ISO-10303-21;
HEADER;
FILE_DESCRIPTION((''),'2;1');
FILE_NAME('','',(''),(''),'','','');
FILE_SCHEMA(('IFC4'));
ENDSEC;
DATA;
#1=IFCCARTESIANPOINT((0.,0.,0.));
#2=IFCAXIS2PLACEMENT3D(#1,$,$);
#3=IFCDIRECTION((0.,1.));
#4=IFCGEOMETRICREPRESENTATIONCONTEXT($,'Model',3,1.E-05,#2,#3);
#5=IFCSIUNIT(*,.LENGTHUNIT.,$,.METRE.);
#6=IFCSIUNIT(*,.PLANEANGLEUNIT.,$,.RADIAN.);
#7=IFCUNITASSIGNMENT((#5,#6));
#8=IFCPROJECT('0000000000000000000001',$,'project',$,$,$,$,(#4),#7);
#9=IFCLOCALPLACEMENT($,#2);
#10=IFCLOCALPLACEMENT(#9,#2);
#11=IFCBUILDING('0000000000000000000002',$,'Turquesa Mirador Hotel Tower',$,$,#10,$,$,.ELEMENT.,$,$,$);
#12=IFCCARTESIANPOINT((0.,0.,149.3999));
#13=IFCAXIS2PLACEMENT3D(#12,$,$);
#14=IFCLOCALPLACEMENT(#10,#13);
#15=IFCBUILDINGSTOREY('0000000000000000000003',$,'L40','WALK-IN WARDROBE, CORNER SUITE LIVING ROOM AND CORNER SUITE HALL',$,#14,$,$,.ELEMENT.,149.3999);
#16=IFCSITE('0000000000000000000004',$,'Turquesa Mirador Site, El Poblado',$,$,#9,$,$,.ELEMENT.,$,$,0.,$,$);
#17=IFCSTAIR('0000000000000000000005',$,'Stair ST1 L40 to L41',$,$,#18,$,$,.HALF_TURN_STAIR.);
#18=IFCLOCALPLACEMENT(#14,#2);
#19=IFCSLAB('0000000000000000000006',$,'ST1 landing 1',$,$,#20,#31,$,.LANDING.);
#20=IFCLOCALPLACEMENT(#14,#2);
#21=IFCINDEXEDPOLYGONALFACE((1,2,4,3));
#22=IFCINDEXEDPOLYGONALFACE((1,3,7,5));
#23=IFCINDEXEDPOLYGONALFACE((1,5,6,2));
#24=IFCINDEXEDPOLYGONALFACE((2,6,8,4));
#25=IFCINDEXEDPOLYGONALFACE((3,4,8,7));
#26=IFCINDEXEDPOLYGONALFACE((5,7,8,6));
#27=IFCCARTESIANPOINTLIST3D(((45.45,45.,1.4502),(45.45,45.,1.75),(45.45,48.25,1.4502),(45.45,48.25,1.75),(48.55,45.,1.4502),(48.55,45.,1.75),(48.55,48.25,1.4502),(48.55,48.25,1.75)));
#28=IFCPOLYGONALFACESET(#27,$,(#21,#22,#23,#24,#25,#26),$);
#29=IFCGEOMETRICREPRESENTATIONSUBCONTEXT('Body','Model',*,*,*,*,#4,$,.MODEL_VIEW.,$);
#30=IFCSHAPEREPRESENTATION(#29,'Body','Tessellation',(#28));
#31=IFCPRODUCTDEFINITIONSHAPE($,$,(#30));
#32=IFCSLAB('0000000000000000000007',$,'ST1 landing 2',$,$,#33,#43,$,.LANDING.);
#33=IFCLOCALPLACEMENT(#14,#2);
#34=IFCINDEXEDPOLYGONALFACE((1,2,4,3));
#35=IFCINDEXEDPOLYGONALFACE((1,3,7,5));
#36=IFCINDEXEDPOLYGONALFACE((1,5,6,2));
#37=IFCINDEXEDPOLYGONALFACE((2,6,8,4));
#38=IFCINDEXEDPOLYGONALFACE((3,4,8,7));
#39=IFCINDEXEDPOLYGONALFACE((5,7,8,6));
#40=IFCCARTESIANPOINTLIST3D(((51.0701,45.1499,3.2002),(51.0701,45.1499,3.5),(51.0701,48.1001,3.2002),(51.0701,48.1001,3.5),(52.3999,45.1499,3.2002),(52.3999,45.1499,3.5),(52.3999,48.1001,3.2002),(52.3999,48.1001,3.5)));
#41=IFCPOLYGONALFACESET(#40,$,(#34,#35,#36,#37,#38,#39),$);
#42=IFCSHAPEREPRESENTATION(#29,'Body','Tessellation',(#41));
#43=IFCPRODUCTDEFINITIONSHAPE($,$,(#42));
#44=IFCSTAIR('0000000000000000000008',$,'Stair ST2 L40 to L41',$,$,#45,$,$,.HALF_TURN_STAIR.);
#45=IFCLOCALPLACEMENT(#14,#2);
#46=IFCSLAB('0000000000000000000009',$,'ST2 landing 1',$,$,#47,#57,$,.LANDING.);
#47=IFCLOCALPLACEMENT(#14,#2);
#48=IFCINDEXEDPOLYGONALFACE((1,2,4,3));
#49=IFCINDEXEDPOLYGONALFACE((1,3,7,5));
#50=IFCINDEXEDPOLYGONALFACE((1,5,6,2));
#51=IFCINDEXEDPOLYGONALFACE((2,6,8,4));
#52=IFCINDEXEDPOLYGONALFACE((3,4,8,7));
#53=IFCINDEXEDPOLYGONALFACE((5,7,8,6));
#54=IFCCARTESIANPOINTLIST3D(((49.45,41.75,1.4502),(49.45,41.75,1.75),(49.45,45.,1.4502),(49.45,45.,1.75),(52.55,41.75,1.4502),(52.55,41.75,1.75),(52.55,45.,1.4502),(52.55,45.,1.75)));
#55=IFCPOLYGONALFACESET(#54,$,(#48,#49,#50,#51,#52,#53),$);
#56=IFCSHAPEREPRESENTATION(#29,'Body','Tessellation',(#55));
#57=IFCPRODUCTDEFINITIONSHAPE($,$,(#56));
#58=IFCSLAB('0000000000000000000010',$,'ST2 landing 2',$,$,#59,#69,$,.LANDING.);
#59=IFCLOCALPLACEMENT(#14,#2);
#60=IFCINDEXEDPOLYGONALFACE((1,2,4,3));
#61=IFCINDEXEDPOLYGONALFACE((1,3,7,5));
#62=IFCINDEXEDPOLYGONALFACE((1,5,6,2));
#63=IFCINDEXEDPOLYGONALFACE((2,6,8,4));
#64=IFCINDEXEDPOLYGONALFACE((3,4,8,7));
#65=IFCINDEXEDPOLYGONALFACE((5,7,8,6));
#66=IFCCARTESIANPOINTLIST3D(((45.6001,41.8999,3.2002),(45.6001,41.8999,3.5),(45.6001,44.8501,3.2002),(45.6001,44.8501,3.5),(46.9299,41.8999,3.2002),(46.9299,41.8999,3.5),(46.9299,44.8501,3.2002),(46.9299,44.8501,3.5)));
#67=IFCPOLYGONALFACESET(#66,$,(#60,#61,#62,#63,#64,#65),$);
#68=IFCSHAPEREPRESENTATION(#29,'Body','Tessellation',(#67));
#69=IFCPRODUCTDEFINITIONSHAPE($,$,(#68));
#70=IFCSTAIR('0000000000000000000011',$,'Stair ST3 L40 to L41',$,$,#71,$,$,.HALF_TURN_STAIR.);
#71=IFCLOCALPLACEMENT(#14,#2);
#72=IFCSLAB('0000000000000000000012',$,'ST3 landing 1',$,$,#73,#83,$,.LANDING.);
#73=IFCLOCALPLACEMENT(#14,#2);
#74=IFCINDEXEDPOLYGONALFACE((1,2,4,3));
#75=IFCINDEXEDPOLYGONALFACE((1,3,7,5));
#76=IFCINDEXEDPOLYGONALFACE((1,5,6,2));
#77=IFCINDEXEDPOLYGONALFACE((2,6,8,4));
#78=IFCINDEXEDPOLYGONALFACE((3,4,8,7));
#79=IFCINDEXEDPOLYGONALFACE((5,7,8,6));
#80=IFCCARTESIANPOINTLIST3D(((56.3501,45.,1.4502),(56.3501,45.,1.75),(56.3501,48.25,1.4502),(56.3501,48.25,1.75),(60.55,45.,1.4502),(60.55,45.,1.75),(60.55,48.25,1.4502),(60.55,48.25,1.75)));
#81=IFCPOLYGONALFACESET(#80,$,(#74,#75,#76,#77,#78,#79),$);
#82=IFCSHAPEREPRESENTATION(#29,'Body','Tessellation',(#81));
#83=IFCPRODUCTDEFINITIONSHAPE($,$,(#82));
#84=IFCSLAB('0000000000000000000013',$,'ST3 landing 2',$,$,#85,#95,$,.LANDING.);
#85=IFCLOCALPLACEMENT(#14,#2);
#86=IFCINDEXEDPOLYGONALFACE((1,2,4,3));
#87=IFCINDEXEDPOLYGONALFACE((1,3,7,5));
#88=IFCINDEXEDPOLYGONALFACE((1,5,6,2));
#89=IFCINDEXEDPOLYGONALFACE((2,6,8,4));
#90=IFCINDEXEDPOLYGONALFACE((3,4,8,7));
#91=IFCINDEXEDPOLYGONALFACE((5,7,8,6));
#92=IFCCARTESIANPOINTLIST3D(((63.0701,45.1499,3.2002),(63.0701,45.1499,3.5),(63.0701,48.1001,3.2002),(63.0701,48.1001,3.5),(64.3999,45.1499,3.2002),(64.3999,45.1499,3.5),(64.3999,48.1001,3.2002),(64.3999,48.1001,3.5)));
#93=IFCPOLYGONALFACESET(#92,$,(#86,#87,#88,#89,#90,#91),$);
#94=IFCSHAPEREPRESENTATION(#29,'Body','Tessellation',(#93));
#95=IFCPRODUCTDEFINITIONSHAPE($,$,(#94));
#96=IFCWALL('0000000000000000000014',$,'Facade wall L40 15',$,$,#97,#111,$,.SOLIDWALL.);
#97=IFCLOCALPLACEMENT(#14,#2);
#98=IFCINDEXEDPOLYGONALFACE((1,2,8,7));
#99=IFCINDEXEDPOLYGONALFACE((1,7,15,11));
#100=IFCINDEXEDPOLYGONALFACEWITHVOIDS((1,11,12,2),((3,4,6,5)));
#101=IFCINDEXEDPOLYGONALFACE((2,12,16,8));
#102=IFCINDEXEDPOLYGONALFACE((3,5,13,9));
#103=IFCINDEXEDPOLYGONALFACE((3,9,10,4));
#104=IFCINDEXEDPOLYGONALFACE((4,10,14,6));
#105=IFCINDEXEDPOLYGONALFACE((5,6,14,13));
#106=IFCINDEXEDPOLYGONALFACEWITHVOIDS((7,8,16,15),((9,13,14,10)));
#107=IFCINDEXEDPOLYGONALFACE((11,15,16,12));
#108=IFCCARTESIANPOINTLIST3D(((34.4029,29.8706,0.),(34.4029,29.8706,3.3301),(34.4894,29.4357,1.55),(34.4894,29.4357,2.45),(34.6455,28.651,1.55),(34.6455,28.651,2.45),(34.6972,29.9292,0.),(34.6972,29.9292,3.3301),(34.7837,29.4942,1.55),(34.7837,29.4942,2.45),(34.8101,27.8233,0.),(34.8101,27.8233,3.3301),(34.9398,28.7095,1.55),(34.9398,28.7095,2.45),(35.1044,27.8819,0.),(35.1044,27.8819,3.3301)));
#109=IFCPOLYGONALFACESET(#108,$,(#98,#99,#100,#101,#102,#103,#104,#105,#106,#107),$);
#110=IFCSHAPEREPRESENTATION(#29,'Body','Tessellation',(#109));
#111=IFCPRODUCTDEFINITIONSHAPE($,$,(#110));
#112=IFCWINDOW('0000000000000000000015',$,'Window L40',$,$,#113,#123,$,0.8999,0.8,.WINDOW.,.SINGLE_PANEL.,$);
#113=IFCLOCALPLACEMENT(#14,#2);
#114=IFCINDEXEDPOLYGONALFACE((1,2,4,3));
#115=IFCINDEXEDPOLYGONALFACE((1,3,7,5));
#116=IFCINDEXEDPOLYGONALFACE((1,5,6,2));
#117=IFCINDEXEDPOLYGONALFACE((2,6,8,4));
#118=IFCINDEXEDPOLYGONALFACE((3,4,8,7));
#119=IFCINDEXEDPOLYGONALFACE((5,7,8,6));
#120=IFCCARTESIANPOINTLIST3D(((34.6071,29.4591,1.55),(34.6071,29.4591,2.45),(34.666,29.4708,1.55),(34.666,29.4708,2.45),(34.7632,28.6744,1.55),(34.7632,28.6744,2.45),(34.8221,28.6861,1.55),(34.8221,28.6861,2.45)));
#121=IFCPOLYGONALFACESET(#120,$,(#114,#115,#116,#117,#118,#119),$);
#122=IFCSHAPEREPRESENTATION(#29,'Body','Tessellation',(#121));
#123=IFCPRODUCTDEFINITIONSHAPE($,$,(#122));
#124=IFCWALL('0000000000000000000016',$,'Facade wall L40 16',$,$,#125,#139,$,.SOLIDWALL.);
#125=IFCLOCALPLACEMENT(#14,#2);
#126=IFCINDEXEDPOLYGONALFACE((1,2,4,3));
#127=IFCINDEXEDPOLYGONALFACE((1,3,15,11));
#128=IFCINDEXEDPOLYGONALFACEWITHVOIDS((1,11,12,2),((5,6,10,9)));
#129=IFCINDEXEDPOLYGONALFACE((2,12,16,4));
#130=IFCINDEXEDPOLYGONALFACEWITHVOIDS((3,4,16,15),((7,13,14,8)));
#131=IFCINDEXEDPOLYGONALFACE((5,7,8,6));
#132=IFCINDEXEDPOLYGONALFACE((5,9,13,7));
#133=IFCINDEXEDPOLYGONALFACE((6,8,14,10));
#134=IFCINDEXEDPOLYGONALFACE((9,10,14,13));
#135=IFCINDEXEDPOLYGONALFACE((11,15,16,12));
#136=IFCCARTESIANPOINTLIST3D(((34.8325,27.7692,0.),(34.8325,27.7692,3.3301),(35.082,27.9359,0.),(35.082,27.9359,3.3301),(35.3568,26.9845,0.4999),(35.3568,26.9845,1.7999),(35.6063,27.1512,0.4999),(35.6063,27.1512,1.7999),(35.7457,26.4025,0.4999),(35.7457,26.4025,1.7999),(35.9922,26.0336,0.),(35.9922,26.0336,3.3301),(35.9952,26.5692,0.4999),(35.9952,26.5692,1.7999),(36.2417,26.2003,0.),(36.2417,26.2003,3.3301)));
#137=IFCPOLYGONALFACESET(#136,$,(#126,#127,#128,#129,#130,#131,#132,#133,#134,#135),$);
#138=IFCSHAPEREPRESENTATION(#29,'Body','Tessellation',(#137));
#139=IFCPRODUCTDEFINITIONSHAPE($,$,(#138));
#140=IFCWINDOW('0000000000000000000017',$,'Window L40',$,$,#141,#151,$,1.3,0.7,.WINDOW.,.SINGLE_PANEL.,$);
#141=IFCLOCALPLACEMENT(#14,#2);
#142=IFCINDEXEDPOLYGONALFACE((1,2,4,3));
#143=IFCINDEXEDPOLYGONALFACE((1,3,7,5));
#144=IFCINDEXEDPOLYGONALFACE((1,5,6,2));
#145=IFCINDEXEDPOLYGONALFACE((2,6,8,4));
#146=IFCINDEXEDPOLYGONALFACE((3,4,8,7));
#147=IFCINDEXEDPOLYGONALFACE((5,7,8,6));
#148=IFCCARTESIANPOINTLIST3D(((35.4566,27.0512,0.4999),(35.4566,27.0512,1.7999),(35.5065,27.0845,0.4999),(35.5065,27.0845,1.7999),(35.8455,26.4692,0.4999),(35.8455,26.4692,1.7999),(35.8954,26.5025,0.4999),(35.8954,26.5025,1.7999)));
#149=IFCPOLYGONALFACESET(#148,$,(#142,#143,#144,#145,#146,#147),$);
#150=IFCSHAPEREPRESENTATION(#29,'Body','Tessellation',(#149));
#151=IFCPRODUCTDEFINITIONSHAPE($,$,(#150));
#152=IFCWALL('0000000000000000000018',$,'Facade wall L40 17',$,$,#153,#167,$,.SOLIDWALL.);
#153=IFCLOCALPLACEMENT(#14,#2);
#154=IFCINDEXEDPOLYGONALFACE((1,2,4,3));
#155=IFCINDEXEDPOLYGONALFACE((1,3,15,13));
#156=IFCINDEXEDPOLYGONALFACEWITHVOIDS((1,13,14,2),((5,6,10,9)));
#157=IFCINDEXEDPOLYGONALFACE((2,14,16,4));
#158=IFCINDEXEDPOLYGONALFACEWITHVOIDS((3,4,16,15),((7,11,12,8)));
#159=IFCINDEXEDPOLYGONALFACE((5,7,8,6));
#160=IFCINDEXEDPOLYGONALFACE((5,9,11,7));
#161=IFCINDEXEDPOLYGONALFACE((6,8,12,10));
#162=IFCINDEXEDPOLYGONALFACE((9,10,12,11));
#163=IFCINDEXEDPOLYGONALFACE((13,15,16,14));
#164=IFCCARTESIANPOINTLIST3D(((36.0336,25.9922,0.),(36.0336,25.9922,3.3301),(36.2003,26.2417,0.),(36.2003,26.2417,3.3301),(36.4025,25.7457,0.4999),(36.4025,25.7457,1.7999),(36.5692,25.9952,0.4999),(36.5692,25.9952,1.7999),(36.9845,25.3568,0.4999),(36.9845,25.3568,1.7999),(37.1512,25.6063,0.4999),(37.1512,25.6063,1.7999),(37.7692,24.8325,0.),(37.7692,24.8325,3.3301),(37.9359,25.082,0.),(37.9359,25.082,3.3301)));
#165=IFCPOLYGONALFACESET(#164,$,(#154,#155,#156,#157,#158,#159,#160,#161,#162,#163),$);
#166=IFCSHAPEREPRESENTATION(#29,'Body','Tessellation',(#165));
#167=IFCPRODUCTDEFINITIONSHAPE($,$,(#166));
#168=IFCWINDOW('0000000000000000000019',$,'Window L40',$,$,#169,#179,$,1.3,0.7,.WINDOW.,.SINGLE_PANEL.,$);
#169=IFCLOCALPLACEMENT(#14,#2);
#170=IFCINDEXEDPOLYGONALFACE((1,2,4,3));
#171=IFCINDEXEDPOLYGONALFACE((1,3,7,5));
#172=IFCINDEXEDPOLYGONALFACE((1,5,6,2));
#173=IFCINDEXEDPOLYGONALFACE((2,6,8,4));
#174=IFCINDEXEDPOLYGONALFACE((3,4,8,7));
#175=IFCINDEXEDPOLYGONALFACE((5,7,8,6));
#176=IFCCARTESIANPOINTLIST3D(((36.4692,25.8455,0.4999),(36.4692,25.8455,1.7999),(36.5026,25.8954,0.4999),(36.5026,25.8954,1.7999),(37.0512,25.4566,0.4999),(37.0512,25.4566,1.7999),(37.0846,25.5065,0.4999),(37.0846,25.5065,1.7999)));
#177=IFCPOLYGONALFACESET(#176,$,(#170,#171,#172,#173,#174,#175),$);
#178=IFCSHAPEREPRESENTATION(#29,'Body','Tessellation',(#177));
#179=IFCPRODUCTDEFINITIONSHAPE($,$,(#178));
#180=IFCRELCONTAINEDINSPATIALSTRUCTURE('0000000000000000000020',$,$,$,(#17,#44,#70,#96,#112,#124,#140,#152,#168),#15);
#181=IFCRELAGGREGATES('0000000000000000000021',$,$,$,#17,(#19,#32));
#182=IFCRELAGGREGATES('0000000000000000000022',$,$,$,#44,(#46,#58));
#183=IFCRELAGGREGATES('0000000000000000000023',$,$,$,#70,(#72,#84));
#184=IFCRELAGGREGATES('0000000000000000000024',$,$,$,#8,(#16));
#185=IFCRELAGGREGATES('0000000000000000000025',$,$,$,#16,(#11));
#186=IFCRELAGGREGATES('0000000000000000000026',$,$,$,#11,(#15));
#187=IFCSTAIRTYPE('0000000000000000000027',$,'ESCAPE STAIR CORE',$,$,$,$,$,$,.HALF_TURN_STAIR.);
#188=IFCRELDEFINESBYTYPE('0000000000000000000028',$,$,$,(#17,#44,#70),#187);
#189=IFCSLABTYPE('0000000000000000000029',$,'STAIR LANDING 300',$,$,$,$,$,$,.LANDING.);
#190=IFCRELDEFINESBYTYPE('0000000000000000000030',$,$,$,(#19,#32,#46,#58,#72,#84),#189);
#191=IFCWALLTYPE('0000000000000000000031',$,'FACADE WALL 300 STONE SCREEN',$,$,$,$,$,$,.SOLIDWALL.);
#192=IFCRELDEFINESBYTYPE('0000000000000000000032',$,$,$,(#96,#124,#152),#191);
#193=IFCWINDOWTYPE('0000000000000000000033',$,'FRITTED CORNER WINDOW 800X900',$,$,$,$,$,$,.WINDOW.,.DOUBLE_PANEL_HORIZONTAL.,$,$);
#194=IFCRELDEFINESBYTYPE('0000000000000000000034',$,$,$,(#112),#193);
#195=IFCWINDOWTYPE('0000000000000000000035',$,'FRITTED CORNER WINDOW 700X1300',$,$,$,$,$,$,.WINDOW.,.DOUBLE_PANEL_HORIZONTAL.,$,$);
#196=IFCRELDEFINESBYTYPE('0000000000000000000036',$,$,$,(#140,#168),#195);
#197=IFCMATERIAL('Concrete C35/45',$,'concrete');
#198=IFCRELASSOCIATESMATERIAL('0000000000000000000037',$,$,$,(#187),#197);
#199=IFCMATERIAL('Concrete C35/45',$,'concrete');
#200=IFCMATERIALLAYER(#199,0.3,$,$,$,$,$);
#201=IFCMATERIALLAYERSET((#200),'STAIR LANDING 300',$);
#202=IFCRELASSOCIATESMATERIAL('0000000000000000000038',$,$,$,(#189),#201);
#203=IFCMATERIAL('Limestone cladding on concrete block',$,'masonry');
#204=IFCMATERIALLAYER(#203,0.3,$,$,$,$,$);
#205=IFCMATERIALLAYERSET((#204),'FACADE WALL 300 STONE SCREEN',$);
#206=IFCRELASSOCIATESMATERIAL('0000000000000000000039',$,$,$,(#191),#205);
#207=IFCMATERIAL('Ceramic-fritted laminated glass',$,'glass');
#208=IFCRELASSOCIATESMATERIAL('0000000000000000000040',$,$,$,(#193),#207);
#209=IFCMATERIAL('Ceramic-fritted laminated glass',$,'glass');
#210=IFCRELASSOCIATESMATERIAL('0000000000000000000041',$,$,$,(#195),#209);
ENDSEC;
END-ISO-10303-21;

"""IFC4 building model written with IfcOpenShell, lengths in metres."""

from ifc_helpers import new_model, si_unit, direction, frame, frame_2d, origin, place, context, subcontext, project, spatial, polyline, rectangle, outline, extrude, material, layer, layer_set, type_object, element, fill, aggregate, save


model = new_model("IFC4")

# Units and contexts
model_context = context("Model", 3, precision=1e-05, world=origin(), true_north=direction((0.0, 1.0)))
body_context = subcontext(model_context, "Body", "Model", "MODEL_VIEW")
ifc_project = project(units=[si_unit("LENGTHUNIT", "METRE"), si_unit("PLANEANGLEUNIT", "RADIAN")], contexts=[model_context])

# Site, building, storey
site_placement = place(None, origin())
site = spatial("IfcSite", under=ifc_project, at=site_placement, Name="Turquesa Mirador Site, El Poblado", CompositionType="ELEMENT", RefElevation=0.0)
building_placement = place(site_placement, origin())
building = spatial("IfcBuilding", under=site, at=building_placement, Name="Turquesa Mirador Hotel Tower", CompositionType="ELEMENT")
storey_placement = place(building_placement, frame((0.0, 0.0, 149.3999)))
storey = spatial("IfcBuildingStorey", under=building, at=storey_placement, Name="L40", Description="WALK-IN WARDROBE, CORNER SUITE LIVING ROOM AND CORNER SUITE HALL", CompositionType="ELEMENT", Elevation=149.3999)

# Stairs, slabs
ifc_material_1 = material(Name="Concrete C35/45", Category="concrete")
stair_type = type_object("IfcStairType", Name="ESCAPE STAIR CORE", PredefinedType="HALF_TURN_STAIR", material=ifc_material_1)
stair_1_placement = place(storey_placement, origin())
stair_1 = element("IfcStair", 1, at=stair_1_placement, inside=storey, type_object=stair_type, Name="Stair ST1 L40 to L41", PredefinedType="HALF_TURN_STAIR")
ifc_material_2 = material(Name="Concrete C35/45", Category="concrete")
ifc_layer_1 = layer(ifc_material_2, 0.3)
ifc_layer_set_1 = layer_set([ifc_layer_1], Name="STAIR LANDING 300")
slab_type_1 = type_object("IfcSlabType", Name="STAIR LANDING 300", PredefinedType="LANDING", material=ifc_layer_set_1)
slab_1_placement = place(storey_placement, frame((0.0, 0.0, 1.4502)))
slab_1 = element("IfcSlab", 2, at=slab_1_placement, type_object=slab_type_1, Name="ST1 landing 1", PredefinedType="LANDING", context=body_context, shape_type="SweptSolid", body=[
    extrude(outline(polyline([(45.45, 45.0), (48.55, 45.0), (48.55, 48.25), (45.45, 48.25), (45.45, 45.0)])), origin(), (0.0, 0.0, 1.0), 0.2998),
])
slab_2_placement = place(storey_placement, frame((0.0, 0.0, 3.2002)))
slab_2 = element("IfcSlab", 3, at=slab_2_placement, type_object=slab_type_1, Name="ST1 landing 2", PredefinedType="LANDING", context=body_context, shape_type="SweptSolid", body=[
    extrude(outline(polyline([(51.0701, 45.1499), (52.3999, 45.1499), (52.3999, 48.1001), (51.0701, 48.1001), (51.0701, 45.1499)])), origin(), (0.0, 0.0, 1.0), 0.2998),
])
aggregate(stair_1, [slab_1, slab_2])
stair_2_placement = place(storey_placement, origin())
stair_2 = element("IfcStair", 4, at=stair_2_placement, inside=storey, type_object=stair_type, Name="Stair ST2 L40 to L41", PredefinedType="HALF_TURN_STAIR")
slab_3_placement = place(storey_placement, frame((0.0, 0.0, 1.4502)))
slab_3 = element("IfcSlab", 5, at=slab_3_placement, type_object=slab_type_1, Name="ST2 landing 1", PredefinedType="LANDING", context=body_context, shape_type="SweptSolid", body=[
    extrude(outline(polyline([(52.55, 45.0), (49.45, 45.0), (49.45, 41.75), (52.55, 41.75), (52.55, 45.0)])), origin(), (0.0, 0.0, 1.0), 0.2998),
])
slab_4_placement = place(storey_placement, frame((0.0, 0.0, 3.2002)))
slab_4 = element("IfcSlab", 6, at=slab_4_placement, type_object=slab_type_1, Name="ST2 landing 2", PredefinedType="LANDING", context=body_context, shape_type="SweptSolid", body=[
    extrude(outline(polyline([(46.9299, 44.8501), (45.6001, 44.8501), (45.6001, 41.8999), (46.9299, 41.8999), (46.9299, 44.8501)])), origin(), (0.0, 0.0, 1.0), 0.2998),
])
aggregate(stair_2, [slab_3, slab_4])
stair_3_placement = place(storey_placement, origin())
stair_3 = element("IfcStair", 7, at=stair_3_placement, inside=storey, type_object=stair_type, Name="Stair ST3 L40 to L41", PredefinedType="HALF_TURN_STAIR")
slab_5_placement = place(storey_placement, frame((0.0, 0.0, 1.4502)))
slab_5 = element("IfcSlab", 8, at=slab_5_placement, type_object=slab_type_1, Name="ST3 landing 1", PredefinedType="LANDING", context=body_context, shape_type="SweptSolid", body=[
    extrude(outline(polyline([(56.3501, 45.0), (60.55, 45.0), (60.55, 48.25), (56.3501, 48.25), (56.3501, 45.0)])), origin(), (0.0, 0.0, 1.0), 0.2998),
])
slab_6_placement = place(storey_placement, frame((0.0, 0.0, 3.2002)))
slab_6 = element("IfcSlab", 9, at=slab_6_placement, type_object=slab_type_1, Name="ST3 landing 2", PredefinedType="LANDING", context=body_context, shape_type="SweptSolid", body=[
    extrude(outline(polyline([(63.0701, 45.1499), (64.3999, 45.1499), (64.3999, 48.1001), (63.0701, 48.1001), (63.0701, 45.1499)])), origin(), (0.0, 0.0, 1.0), 0.2998),
])
aggregate(stair_3, [slab_5, slab_6])

# Walls, openings, windows
ifc_material_3 = material(Name="Limestone cladding on concrete block", Category="masonry")
ifc_layer_2 = layer(ifc_material_3, 0.3)
ifc_layer_set_2 = layer_set([ifc_layer_2], Name="FACADE WALL 300 STONE SCREEN")
wall_type = type_object("IfcWallType", Name="FACADE WALL 300 STONE SCREEN", PredefinedType="SOLIDWALL", material=ifc_layer_set_2)
wall_1_placement = place(storey_placement, frame((34.55, 29.8999, 0.0), z_axis=(0.0, 0.0, 1.0), x_axis=(0.195081, -0.980787, 0.0)))
wall_1 = element("IfcWall", 10, at=wall_1_placement, inside=storey, type_object=wall_type, Name="Facade wall L40 15", PredefinedType="SOLIDWALL", context=body_context, shape_type="SweptSolid", body=[
    extrude(rectangle(XDim=2.0874, YDim=0.3, at=frame_2d((1.0437, 0.0))), origin(), (0.0, 0.0, 1.0), 3.3301),
])
opening_1_placement = place(wall_1_placement, frame((0.4436, 0.0, 1.55)))
opening_1 = element("IfcOpeningElement", 11, at=opening_1_placement, cuts=wall_1, PredefinedType="OPENING", context=body_context, shape_type="SweptSolid", body=[
    extrude(rectangle(XDim=0.8, YDim=0.8999, at=frame_2d((0.3999, 0.45))), frame((0.0, 0.1599, 0.0), z_axis=(0.0, -1.0, 0.0), x_axis=(1.0, 0.0, 0.0)), (0.0, 0.0, 1.0), 0.3201),
])
ifc_material_4 = material(Name="Ceramic-fritted laminated glass", Category="glass")
window_type_1 = type_object("IfcWindowType", Name="FRITTED CORNER WINDOW 800X900", PartitioningType="DOUBLE_PANEL_HORIZONTAL", PredefinedType="WINDOW", material=ifc_material_4)
window_1_placement = place(opening_1_placement, origin())
window_1 = element("IfcWindow", 12, at=window_1_placement, inside=storey, type_object=window_type_1, Name="Window L40", OverallHeight=0.8999, OverallWidth=0.8, PartitioningType="SINGLE_PANEL", PredefinedType="WINDOW", context=body_context, shape_type="SweptSolid", body=[
    extrude(rectangle(XDim=0.8, YDim=0.8999, at=frame_2d((0.3999, 0.45))), frame((0.0, 0.03, 0.0), z_axis=(0.0, -1.0, 0.0), x_axis=(1.0, 0.0, 0.0)), (0.0, 0.0, 1.0), 0.0601),
])
fill(opening_1, window_1)
wall_2_placement = place(storey_placement, frame((34.9573, 27.8525, 0.0), z_axis=(0.0, 0.0, 1.0), x_axis=(0.555564, -0.831474, 0.0)))
wall_2 = element("IfcWall", 13, at=wall_2_placement, inside=storey, type_object=wall_type, Name="Facade wall L40 16", PredefinedType="SOLIDWALL", context=body_context, shape_type="SweptSolid", body=[
    extrude(rectangle(XDim=2.0874, YDim=0.3, at=frame_2d((1.0437, 0.0))), origin(), (0.0, 0.0, 1.0), 3.3301),
])
opening_2_placement = place(wall_2_placement, frame((0.9436, 0.0, 0.5)))
opening_2 = element("IfcOpeningElement", 14, at=opening_2_placement, cuts=wall_2, PredefinedType="OPENING", context=body_context, shape_type="SweptSolid", body=[
    extrude(rectangle(XDim=0.7, YDim=1.3, at=frame_2d((0.3501, 0.6499))), frame((0.0, 0.1599, 0.0), z_axis=(0.0, -1.0, 0.0), x_axis=(1.0, 0.0, 0.0)), (0.0, 0.0, 1.0), 0.3201),
])
ifc_material_5 = material(Name="Ceramic-fritted laminated glass", Category="glass")
window_type_2 = type_object("IfcWindowType", Name="FRITTED CORNER WINDOW 700X1300", PartitioningType="DOUBLE_PANEL_HORIZONTAL", PredefinedType="WINDOW", material=ifc_material_5)
window_2_placement = place(opening_2_placement, origin())
window_2 = element("IfcWindow", 15, at=window_2_placement, inside=storey, type_object=window_type_2, Name="Window L40", OverallHeight=1.3, OverallWidth=0.7, PartitioningType="SINGLE_PANEL", PredefinedType="WINDOW", context=body_context, shape_type="SweptSolid", body=[
    extrude(rectangle(XDim=0.7, YDim=1.3, at=frame_2d((0.3501, 0.6499))), frame((0.0, 0.03, 0.0), z_axis=(0.0, -1.0, 0.0), x_axis=(1.0, 0.0, 0.0)), (0.0, 0.0, 1.0), 0.0601),
])
fill(opening_2, window_2)
wall_3_placement = place(storey_placement, frame((36.1169, 26.1169, 0.0), z_axis=(0.0, 0.0, 1.0), x_axis=(0.831474, -0.555564, 0.0)))
wall_3 = element("IfcWall", 16, at=wall_3_placement, inside=storey, type_object=wall_type, Name="Facade wall L40 17", PredefinedType="SOLIDWALL", context=body_context, shape_type="SweptSolid", body=[
    extrude(rectangle(XDim=2.0874, YDim=0.3, at=frame_2d((1.0437, 0.0))), origin(), (0.0, 0.0, 1.0), 3.3301),
])
opening_3_placement = place(wall_3_placement, frame((0.4436, 0.0, 0.5)))
opening_3 = element("IfcOpeningElement", 17, at=opening_3_placement, cuts=wall_3, PredefinedType="OPENING", context=body_context, shape_type="SweptSolid", body=[
    extrude(rectangle(XDim=0.7, YDim=1.3, at=frame_2d((0.3501, 0.6499))), frame((0.0, 0.1599, 0.0), z_axis=(0.0, -1.0, 0.0), x_axis=(1.0, 0.0, 0.0)), (0.0, 0.0, 1.0), 0.3201),
])
window_3_placement = place(opening_3_placement, origin())
window_3 = element("IfcWindow", 18, at=window_3_placement, inside=storey, type_object=window_type_2, Name="Window L40", OverallHeight=1.3, OverallWidth=0.7, PartitioningType="SINGLE_PANEL", PredefinedType="WINDOW", context=body_context, shape_type="SweptSolid", body=[
    extrude(rectangle(XDim=0.7, YDim=1.3, at=frame_2d((0.3501, 0.6499))), frame((0.0, 0.03, 0.0), z_axis=(0.0, -1.0, 0.0), x_axis=(1.0, 0.0, 0.0)), (0.0, 0.0, 1.0), 0.0601),
])
fill(opening_3, window_3)

save(model, "model.ifc")
